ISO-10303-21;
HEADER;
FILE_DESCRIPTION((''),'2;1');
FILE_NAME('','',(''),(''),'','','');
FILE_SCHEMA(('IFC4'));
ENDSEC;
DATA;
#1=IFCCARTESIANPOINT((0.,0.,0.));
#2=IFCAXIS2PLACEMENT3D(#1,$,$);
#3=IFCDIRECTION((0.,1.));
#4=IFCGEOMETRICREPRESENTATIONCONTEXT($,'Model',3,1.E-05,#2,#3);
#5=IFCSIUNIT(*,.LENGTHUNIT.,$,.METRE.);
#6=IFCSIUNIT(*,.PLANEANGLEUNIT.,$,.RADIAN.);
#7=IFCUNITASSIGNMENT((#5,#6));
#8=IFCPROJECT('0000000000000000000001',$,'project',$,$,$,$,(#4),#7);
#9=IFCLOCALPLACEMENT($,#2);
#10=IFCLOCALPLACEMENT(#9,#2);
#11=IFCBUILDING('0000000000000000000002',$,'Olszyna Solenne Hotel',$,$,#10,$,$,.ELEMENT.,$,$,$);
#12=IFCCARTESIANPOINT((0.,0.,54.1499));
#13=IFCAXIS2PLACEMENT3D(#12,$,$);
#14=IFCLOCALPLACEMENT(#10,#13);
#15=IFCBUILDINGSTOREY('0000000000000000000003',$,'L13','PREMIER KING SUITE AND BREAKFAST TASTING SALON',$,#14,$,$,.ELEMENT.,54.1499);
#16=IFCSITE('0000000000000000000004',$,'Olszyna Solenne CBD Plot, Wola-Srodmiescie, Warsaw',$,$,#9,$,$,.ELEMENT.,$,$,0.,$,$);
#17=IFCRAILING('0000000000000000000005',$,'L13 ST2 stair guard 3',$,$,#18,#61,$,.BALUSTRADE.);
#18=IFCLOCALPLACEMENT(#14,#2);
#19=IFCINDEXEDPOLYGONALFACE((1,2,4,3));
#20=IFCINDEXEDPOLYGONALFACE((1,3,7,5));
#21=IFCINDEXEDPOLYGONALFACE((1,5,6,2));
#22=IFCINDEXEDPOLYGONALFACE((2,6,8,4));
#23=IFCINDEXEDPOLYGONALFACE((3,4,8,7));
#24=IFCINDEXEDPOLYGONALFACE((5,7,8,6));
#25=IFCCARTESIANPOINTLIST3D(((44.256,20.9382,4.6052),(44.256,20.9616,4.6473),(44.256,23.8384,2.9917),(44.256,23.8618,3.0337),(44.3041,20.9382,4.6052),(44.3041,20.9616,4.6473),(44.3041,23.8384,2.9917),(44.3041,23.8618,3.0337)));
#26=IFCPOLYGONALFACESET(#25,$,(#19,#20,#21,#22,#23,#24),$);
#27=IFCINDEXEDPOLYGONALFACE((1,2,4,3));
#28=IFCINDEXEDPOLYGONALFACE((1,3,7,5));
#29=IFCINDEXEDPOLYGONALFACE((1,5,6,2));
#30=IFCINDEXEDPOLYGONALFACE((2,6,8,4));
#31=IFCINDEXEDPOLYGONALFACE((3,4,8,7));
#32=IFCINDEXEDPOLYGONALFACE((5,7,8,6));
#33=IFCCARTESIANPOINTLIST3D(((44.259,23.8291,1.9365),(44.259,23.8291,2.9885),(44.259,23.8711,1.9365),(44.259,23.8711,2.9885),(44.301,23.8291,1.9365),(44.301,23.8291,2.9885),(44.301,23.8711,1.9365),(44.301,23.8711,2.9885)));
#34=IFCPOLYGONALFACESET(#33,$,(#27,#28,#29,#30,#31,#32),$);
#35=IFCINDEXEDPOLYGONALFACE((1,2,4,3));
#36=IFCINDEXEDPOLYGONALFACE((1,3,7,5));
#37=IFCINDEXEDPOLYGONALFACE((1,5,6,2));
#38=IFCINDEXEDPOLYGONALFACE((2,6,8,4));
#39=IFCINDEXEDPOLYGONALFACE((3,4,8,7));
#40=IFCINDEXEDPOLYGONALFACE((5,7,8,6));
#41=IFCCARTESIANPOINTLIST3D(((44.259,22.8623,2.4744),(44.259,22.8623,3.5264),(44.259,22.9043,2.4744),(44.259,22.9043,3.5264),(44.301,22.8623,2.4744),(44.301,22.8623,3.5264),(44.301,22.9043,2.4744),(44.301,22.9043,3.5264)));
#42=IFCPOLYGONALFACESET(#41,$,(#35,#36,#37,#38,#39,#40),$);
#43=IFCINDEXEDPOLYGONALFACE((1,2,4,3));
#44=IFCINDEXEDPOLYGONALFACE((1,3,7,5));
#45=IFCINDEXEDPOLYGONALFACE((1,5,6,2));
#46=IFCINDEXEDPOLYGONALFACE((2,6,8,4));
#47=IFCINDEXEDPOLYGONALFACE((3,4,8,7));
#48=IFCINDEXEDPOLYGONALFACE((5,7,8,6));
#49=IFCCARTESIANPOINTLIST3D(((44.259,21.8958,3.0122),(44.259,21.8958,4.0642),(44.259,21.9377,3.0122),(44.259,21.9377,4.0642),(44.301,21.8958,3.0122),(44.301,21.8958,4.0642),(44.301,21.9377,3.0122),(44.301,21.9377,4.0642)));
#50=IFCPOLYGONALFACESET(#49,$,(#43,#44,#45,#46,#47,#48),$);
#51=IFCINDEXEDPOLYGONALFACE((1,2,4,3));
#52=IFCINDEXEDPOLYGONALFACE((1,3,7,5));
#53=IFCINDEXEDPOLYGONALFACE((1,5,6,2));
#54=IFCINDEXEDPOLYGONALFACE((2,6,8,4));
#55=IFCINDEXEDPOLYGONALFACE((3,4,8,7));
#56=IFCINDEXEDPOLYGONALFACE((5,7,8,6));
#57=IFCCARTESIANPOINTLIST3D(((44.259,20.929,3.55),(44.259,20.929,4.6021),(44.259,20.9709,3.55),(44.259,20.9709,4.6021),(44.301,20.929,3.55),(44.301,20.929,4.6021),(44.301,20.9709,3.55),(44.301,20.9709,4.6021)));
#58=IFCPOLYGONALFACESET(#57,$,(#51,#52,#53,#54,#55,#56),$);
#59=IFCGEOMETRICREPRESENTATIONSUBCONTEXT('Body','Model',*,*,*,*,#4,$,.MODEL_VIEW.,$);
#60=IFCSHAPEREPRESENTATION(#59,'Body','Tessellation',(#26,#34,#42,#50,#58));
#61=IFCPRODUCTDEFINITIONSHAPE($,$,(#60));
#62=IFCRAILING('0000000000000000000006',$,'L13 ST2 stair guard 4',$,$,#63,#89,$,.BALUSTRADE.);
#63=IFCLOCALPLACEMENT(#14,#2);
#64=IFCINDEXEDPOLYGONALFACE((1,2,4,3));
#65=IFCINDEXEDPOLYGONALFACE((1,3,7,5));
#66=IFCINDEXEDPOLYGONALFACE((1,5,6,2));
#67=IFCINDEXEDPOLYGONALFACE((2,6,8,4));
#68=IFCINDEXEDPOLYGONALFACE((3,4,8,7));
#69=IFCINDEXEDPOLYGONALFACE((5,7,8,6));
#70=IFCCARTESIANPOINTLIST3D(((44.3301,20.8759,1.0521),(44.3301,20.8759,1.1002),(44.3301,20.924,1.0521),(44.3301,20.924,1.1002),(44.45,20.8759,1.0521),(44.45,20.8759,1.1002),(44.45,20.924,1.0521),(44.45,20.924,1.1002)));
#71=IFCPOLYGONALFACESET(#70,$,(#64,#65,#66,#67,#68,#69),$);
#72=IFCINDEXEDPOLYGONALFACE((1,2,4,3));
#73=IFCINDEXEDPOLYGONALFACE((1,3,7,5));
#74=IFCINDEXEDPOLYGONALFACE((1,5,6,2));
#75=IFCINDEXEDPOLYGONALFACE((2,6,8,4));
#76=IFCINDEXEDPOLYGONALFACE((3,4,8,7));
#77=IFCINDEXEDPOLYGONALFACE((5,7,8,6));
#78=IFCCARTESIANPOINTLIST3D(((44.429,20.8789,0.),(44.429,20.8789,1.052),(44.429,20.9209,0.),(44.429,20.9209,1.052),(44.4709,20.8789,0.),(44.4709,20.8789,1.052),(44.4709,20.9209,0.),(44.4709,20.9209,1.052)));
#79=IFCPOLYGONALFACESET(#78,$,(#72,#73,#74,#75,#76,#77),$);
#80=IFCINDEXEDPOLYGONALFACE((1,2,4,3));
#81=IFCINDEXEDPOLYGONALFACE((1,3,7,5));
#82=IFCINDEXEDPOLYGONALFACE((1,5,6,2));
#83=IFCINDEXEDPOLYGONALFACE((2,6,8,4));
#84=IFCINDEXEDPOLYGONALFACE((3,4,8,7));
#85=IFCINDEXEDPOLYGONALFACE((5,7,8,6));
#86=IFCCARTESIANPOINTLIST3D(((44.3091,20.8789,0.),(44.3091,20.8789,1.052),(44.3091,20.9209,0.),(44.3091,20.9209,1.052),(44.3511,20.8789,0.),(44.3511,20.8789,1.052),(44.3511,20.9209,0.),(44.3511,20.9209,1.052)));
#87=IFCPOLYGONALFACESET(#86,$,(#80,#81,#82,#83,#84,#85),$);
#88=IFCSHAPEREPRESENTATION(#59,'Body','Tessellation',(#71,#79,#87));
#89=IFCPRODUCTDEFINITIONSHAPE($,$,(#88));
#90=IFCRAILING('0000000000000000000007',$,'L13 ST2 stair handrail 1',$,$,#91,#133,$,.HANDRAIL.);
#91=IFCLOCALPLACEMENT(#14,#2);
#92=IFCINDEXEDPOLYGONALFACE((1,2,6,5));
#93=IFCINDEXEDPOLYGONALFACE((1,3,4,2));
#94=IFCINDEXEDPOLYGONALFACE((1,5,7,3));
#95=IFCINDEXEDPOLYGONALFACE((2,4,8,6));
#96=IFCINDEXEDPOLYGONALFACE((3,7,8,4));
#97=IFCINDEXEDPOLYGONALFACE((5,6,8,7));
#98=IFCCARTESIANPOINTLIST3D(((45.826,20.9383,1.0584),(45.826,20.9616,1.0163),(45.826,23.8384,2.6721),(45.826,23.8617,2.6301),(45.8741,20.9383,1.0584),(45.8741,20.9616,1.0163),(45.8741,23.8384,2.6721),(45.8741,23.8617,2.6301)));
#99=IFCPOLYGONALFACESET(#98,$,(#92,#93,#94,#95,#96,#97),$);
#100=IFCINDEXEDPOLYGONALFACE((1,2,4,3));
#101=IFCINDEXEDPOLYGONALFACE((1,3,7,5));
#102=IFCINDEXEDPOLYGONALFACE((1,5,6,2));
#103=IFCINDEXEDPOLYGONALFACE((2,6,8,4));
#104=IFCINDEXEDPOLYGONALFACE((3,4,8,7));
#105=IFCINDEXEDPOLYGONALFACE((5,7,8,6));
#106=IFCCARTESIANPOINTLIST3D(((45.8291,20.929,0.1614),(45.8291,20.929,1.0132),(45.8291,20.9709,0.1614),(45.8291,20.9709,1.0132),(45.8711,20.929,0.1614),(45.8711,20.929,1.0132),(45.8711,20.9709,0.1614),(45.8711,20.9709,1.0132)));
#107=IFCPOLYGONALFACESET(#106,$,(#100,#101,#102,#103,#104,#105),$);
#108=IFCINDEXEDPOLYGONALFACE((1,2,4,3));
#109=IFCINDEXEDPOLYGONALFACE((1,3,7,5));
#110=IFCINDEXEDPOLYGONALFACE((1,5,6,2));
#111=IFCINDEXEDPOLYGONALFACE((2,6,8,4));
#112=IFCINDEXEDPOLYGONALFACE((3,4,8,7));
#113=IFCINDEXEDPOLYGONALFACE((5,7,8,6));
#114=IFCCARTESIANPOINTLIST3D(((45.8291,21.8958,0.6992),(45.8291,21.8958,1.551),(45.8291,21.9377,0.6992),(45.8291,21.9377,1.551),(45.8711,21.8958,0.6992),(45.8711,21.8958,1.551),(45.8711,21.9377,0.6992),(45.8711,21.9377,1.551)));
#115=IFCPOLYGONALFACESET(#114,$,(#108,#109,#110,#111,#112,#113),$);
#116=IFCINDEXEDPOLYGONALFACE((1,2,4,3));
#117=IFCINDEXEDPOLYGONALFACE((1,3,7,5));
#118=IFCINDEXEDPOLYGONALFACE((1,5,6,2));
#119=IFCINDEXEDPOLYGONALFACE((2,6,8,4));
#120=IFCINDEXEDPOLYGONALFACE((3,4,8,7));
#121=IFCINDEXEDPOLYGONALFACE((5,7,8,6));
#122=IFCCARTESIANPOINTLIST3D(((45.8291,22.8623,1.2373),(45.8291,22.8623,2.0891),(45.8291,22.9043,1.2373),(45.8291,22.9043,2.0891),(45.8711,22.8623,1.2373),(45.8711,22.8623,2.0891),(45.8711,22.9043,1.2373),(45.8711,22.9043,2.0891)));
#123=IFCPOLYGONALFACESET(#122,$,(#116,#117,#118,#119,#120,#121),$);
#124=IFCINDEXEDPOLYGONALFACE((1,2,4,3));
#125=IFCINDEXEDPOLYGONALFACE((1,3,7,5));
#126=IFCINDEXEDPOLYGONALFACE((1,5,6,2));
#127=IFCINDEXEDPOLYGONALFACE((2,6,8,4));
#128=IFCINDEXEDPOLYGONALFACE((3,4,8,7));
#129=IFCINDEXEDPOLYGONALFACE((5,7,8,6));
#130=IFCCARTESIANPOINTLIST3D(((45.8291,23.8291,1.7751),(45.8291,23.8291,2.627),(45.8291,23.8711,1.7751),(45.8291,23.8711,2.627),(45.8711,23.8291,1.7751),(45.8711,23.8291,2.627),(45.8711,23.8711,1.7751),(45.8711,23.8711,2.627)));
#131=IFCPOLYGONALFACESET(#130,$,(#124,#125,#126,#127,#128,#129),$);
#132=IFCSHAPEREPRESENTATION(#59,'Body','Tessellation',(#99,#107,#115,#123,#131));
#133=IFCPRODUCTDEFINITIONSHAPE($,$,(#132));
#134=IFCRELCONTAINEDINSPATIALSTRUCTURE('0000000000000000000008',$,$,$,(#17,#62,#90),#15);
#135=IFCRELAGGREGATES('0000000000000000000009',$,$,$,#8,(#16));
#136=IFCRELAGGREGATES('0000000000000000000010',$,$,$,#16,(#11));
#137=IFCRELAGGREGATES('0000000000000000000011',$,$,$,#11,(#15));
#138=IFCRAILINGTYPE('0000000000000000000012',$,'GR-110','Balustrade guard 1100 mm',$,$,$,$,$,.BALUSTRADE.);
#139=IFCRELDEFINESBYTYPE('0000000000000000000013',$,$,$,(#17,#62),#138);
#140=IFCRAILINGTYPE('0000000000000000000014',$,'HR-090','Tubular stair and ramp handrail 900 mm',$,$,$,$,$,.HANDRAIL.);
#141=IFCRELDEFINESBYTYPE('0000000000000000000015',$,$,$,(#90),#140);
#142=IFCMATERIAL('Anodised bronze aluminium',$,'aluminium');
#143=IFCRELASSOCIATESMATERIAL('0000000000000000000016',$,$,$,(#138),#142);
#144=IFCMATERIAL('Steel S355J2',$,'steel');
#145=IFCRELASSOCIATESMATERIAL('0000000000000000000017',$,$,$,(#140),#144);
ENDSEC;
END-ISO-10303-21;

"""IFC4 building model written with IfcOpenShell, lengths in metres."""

from ifc_helpers import new_model, si_unit, direction, frame, origin, origin_2d, place, context, subcontext, project, spatial, rectangle, extrude, material, type_object, element, save


model = new_model("IFC4")

# Units and contexts
model_context = context("Model", 3, precision=1e-05, world=origin(), true_north=direction((0.0, 1.0)))
body_context = subcontext(model_context, "Body", "Model", "MODEL_VIEW")
ifc_project = project(units=[si_unit("LENGTHUNIT", "METRE"), si_unit("PLANEANGLEUNIT", "RADIAN")], contexts=[model_context])

# Site, building, storey
site_placement = place(None, origin())
site = spatial("IfcSite", under=ifc_project, at=site_placement, Name="Olszyna Solenne CBD Plot, Wola-Srodmiescie, Warsaw", CompositionType="ELEMENT", RefElevation=0.0)
building_placement = place(site_placement, origin())
building = spatial("IfcBuilding", under=site, at=building_placement, Name="Olszyna Solenne Hotel", CompositionType="ELEMENT")
storey_placement = place(building_placement, frame((0.0, 0.0, 54.1499)))
storey = spatial("IfcBuildingStorey", under=building, at=storey_placement, Name="L13", Description="PREMIER KING SUITE AND BREAKFAST TASTING SALON", CompositionType="ELEMENT", Elevation=54.1499)

# Shared definitions
ifc_material_1 = material(Name="Steel S355J2", Category="steel")

# Shared definitions
ifc_material_2 = material(Name="Anodised bronze aluminium", Category="aluminium")

# Railings
railing_type_1 = type_object("IfcRailingType", Name="GR-110", Description="Balustrade guard 1100 mm", PredefinedType="BALUSTRADE", material=ifc_material_2)
railing_1_placement = place(storey_placement, frame((44.28, 23.8501, 1.9365)))
element("IfcRailing", 1, at=railing_1_placement, inside=storey, type_object=railing_type_1, Name="L13 ST2 stair guard 3", PredefinedType="BALUSTRADE", context=body_context, shape_type="SweptSolid", body=[
    extrude(rectangle(XDim=0.0481, YDim=0.0481, at=origin_2d()), frame((0.0, 0.0, 1.0762), z_axis=(0.0, -0.873859, 0.48618), x_axis=(1.0, 0.0, 0.0)), (0.0, 0.0, 1.0), 3.3188),
    extrude(rectangle(XDim=0.042, YDim=0.042, at=origin_2d()), origin(), (0.0, 0.0, 1.0), 1.052),
    extrude(rectangle(XDim=0.042, YDim=0.042, at=origin_2d()), frame((0.0, -0.9668, 0.5378)), (0.0, 0.0, 1.0), 1.052),
    extrude(rectangle(XDim=0.042, YDim=0.042, at=origin_2d()), frame((0.0, -1.9333, 1.0757)), (0.0, 0.0, 1.0), 1.052),
    extrude(rectangle(XDim=0.042, YDim=0.042, at=origin_2d()), frame((0.0, -2.9001, 1.6135)), (0.0, 0.0, 1.0), 1.052),
])
railing_2_placement = place(storey_placement, frame((44.45, 20.8999, 0.0)))
element("IfcRailing", 2, at=railing_2_placement, inside=storey, type_object=railing_type_1, Name="L13 ST2 stair guard 4", PredefinedType="BALUSTRADE", context=body_context, shape_type="SweptSolid", body=[
    extrude(rectangle(XDim=0.0481, YDim=0.0481, at=origin_2d()), frame((0.0, 0.0, 1.0762), z_axis=(-1.0, 0.0, 0.0), x_axis=(0.0, -1.0, 0.0)), (0.0, 0.0, 1.0), 0.1199),
    extrude(rectangle(XDim=0.042, YDim=0.042, at=origin_2d()), origin(), (0.0, 0.0, 1.0), 1.052),
    extrude(rectangle(XDim=0.042, YDim=0.042, at=origin_2d()), frame((-0.1199, 0.0, 0.0)), (0.0, 0.0, 1.0), 1.052),
])
railing_type_2 = type_object("IfcRailingType", Name="HR-090", Description="Tubular stair and ramp handrail 900 mm", PredefinedType="HANDRAIL", material=ifc_material_1)
railing_3_placement = place(storey_placement, frame((45.8501, 20.95, 0.1614)))
element("IfcRailing", 3, at=railing_3_placement, inside=storey, type_object=railing_type_2, Name="L13 ST2 stair handrail 1", PredefinedType="HANDRAIL", context=body_context, shape_type="SweptSolid", body=[
    extrude(rectangle(XDim=0.0481, YDim=0.0481, at=origin_2d()), frame((0.0, 0.0, 0.876), z_axis=(0.0, 0.873827, 0.486236), x_axis=(-1.0, 0.0, 0.0)), (0.0, 0.0, 1.0), 3.3188),
    extrude(rectangle(XDim=0.042, YDim=0.042, at=origin_2d()), origin(), (0.0, 0.0, 1.0), 0.8518),
    extrude(rectangle(XDim=0.042, YDim=0.042, at=origin_2d()), frame((0.0, 0.9668, 0.5378)), (0.0, 0.0, 1.0), 0.8518),
    extrude(rectangle(XDim=0.042, YDim=0.042, at=origin_2d()), frame((0.0, 1.9333, 1.0759)), (0.0, 0.0, 1.0), 0.8518),
    extrude(rectangle(XDim=0.042, YDim=0.042, at=origin_2d()), frame((0.0, 2.9001, 1.6138)), (0.0, 0.0, 1.0), 0.8518),
])

save(model, "model.ifc")
